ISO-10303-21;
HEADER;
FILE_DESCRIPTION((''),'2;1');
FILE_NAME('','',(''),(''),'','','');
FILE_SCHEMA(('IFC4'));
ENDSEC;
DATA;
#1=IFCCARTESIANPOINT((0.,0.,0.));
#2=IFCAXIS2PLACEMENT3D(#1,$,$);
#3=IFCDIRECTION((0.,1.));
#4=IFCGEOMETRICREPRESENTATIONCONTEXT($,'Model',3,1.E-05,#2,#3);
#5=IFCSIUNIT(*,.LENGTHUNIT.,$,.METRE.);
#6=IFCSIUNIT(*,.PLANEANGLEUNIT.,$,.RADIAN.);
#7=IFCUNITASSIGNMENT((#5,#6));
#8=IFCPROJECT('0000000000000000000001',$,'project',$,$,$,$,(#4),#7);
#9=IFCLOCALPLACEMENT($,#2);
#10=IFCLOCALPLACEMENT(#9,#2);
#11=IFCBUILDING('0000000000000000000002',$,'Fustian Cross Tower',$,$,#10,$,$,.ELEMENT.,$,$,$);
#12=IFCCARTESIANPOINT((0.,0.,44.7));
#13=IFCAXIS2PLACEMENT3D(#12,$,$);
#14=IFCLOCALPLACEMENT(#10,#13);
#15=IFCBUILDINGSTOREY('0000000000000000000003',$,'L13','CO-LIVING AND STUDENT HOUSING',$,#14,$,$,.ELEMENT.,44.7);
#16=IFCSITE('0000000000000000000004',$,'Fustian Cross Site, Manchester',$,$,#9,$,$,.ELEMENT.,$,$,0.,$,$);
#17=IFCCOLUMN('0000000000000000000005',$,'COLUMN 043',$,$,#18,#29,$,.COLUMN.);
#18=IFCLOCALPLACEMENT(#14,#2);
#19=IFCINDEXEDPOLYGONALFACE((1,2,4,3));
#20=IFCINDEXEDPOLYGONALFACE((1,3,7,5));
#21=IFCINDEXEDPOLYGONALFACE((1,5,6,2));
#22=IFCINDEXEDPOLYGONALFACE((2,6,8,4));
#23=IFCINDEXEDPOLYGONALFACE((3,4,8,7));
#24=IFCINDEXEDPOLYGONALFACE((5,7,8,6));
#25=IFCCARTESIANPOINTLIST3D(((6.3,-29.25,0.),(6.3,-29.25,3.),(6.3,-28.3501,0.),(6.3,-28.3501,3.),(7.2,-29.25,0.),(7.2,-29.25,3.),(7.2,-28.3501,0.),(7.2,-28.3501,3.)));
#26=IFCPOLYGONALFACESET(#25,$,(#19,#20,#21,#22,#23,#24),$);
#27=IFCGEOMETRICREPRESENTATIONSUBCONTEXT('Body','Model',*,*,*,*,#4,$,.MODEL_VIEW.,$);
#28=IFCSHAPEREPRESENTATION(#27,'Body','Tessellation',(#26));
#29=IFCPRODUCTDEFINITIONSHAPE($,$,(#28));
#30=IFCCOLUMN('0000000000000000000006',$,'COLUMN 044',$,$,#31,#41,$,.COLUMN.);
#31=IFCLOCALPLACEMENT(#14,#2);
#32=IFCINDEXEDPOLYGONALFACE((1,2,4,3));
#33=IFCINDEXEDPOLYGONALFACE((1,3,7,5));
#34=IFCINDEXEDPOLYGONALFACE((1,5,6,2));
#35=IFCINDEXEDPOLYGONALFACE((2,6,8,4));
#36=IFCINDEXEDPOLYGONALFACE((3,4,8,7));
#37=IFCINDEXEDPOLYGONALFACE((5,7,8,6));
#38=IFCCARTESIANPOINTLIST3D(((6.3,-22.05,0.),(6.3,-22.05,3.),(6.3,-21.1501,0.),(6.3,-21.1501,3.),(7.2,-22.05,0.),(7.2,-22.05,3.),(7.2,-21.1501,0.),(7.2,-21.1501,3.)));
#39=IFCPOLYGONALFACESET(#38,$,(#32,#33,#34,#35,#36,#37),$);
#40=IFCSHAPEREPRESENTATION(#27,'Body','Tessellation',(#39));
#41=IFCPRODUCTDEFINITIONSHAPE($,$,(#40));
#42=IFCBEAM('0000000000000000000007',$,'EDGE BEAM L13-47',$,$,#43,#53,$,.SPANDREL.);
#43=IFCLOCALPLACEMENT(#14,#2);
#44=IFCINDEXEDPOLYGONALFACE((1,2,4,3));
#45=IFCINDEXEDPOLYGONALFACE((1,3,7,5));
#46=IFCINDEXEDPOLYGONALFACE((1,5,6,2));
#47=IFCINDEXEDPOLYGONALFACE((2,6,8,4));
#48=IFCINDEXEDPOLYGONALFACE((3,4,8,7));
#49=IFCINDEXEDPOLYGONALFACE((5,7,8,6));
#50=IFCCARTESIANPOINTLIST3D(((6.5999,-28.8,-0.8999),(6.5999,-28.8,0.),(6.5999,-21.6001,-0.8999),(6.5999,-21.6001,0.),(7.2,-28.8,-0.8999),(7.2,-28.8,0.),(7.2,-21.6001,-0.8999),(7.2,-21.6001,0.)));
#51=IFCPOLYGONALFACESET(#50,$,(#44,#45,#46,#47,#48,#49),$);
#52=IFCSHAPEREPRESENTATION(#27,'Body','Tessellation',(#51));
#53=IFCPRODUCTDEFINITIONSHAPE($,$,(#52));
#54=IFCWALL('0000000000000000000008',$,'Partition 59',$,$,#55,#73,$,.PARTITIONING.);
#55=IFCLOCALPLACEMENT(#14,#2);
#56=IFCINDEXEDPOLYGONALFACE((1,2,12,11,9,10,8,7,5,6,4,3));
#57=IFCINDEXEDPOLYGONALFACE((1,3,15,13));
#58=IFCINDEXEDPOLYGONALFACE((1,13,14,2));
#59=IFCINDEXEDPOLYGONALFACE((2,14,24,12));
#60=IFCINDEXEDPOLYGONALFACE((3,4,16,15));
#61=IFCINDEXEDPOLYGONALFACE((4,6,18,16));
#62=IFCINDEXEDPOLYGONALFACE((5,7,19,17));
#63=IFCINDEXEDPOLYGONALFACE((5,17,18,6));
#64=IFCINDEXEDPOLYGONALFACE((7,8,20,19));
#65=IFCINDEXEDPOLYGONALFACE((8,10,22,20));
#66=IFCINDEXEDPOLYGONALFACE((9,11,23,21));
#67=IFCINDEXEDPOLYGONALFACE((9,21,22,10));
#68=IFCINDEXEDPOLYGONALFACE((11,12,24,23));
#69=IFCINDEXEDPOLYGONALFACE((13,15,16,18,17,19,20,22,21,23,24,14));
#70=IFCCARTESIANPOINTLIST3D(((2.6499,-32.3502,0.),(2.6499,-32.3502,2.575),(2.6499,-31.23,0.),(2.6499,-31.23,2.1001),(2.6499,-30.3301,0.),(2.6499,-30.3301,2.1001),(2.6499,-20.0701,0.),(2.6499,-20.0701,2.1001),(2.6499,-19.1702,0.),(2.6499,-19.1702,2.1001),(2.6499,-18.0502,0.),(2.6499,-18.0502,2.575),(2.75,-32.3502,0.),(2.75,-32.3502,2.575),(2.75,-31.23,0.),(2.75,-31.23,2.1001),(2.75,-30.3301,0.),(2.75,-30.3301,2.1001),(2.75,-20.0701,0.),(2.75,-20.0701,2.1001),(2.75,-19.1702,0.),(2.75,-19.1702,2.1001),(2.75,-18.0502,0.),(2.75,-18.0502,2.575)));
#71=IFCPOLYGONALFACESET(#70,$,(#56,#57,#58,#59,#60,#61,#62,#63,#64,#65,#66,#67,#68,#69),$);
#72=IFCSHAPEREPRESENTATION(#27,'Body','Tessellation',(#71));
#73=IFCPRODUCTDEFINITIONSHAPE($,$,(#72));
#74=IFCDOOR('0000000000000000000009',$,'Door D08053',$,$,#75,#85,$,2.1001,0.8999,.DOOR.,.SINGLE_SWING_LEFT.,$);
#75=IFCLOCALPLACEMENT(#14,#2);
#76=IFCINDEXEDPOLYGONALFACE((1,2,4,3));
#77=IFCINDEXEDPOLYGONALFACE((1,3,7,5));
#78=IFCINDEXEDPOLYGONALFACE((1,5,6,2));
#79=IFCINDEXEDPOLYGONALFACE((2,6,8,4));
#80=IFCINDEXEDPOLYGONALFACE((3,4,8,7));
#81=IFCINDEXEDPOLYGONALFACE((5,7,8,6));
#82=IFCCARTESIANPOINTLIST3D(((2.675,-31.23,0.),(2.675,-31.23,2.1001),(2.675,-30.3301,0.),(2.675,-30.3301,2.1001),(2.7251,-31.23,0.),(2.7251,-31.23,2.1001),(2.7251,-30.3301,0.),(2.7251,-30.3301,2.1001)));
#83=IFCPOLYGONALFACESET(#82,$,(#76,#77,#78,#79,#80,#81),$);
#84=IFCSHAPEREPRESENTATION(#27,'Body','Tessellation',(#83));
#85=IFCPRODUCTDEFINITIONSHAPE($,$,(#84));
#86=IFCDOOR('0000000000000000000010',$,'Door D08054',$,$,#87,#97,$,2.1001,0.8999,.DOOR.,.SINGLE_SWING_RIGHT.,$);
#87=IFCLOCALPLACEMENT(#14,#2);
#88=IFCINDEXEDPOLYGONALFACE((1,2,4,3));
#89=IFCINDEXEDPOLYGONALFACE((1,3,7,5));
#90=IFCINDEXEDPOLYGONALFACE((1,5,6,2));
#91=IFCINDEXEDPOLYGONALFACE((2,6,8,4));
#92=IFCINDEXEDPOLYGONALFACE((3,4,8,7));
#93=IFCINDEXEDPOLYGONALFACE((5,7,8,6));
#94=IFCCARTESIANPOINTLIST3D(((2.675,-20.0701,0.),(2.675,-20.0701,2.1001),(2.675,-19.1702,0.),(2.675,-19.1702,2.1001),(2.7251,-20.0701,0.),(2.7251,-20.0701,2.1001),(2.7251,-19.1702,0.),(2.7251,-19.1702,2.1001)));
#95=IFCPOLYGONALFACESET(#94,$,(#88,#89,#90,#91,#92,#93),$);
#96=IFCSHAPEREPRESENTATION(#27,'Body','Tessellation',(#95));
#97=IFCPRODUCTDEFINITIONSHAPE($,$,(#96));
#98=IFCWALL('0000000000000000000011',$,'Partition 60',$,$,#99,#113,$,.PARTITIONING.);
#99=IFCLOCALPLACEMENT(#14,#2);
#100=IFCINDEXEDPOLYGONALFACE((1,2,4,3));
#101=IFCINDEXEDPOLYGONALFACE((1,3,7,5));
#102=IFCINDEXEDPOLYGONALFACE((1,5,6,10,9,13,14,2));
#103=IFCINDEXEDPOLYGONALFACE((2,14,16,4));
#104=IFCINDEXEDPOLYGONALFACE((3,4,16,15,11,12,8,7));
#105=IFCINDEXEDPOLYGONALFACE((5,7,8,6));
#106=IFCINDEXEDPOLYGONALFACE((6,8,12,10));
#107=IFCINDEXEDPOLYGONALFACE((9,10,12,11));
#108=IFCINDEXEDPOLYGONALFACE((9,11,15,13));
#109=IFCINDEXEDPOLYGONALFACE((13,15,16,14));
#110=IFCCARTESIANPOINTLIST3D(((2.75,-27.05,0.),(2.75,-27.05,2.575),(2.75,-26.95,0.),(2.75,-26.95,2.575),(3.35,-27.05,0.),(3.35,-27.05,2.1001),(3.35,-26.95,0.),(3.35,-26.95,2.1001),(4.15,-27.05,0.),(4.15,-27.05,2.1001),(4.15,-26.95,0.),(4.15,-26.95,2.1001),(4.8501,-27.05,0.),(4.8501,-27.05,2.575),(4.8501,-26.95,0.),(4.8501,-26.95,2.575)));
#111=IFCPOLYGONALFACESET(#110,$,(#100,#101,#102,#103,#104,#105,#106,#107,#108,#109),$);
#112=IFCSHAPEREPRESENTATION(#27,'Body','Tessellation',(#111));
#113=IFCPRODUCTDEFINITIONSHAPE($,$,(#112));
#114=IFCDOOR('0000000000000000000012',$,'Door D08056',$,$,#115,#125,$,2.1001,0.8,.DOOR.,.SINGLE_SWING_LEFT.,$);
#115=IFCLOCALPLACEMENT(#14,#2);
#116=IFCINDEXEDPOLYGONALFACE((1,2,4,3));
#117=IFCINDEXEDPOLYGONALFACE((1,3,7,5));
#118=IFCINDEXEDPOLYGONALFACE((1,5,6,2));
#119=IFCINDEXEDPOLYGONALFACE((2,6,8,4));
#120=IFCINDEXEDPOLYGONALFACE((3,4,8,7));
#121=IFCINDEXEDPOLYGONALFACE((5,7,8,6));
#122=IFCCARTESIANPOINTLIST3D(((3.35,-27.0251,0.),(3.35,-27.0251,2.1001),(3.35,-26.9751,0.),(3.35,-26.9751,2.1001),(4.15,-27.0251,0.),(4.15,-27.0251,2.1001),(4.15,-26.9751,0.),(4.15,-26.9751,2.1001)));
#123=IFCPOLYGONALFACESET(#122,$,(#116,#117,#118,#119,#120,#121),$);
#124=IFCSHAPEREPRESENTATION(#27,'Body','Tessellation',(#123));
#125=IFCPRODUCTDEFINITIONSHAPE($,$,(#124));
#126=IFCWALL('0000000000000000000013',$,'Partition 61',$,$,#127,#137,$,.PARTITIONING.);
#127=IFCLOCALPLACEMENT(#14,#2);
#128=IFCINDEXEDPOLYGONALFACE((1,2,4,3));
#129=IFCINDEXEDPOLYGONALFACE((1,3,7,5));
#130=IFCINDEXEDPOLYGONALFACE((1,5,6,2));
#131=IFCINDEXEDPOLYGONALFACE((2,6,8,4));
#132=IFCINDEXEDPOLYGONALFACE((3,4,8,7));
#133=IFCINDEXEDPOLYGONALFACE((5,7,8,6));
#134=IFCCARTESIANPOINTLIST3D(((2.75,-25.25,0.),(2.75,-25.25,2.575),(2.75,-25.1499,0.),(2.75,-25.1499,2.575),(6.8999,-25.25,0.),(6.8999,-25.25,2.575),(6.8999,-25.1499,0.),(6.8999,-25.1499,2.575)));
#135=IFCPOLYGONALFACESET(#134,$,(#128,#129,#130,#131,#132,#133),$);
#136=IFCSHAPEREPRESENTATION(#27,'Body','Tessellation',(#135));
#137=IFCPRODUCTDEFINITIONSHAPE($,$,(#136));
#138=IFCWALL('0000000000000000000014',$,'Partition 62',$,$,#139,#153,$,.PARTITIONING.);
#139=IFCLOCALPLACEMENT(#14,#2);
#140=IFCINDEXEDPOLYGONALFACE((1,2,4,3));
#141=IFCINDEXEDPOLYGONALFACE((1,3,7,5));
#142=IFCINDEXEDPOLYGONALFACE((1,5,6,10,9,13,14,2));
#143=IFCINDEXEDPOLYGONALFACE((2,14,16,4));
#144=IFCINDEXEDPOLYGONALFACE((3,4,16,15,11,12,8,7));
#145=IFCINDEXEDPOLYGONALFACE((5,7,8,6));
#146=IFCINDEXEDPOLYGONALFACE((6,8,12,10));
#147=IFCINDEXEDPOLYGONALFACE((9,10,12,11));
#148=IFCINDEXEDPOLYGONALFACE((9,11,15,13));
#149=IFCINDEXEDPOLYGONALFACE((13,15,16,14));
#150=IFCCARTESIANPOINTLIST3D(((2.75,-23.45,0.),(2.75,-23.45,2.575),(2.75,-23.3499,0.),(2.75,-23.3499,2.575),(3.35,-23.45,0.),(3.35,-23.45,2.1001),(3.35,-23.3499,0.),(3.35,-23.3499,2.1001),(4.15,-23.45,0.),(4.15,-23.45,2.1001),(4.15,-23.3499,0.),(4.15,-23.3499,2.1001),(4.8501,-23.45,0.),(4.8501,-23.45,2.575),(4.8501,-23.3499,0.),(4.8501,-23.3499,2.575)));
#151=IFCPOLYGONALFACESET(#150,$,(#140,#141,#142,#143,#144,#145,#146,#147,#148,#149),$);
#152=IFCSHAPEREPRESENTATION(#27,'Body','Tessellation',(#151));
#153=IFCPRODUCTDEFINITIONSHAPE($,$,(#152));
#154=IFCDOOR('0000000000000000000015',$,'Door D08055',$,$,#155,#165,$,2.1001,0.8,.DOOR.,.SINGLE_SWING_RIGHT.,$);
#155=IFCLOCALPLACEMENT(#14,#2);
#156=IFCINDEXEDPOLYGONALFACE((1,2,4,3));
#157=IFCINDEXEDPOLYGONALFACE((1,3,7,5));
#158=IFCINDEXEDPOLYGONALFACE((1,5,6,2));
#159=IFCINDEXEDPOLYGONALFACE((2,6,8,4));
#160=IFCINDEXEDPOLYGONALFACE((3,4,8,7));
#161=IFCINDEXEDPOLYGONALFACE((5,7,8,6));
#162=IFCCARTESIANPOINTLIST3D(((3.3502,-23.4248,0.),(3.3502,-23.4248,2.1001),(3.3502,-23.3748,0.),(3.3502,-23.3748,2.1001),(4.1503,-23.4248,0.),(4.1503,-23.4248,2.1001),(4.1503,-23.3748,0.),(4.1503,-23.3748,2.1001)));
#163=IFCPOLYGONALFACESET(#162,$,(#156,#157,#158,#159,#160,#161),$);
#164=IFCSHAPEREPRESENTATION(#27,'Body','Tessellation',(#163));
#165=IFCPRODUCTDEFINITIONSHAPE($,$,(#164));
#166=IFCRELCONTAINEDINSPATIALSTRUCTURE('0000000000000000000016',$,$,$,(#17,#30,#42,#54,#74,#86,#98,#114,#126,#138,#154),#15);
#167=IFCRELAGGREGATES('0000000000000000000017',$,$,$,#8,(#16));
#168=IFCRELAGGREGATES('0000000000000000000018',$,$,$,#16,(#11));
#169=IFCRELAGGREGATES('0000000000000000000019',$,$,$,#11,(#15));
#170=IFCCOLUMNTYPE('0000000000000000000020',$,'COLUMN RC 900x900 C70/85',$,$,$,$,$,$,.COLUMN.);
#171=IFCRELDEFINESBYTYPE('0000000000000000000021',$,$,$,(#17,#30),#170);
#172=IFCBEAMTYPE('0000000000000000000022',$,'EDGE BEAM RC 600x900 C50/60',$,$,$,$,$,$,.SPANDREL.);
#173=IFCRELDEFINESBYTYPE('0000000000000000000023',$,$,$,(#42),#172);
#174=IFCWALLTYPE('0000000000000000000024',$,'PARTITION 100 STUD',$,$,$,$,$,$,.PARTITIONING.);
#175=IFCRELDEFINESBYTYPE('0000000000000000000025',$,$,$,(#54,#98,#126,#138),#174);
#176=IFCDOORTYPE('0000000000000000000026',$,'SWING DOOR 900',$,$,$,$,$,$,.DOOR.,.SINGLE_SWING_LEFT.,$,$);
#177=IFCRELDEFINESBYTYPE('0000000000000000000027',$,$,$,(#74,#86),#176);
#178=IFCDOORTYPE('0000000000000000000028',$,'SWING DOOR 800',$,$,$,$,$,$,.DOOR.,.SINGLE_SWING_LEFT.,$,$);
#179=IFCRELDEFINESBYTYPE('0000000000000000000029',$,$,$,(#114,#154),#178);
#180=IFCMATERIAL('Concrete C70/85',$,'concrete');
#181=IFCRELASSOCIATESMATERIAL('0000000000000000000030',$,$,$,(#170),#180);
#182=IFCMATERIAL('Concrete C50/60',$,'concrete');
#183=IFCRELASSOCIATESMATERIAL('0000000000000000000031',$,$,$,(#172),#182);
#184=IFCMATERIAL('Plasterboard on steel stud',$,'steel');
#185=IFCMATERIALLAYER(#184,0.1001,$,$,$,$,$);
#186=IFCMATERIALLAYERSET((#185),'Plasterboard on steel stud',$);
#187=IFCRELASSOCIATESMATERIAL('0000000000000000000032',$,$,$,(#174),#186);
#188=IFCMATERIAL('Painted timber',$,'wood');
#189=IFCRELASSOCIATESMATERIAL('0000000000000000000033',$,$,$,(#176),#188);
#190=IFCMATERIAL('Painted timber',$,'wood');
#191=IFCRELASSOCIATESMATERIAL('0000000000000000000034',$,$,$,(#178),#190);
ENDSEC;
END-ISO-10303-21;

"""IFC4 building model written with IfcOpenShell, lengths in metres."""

from ifc_helpers import new_model, si_unit, direction, frame, frame_2d, origin, origin_2d, place, context, subcontext, project, spatial, rectangle, extrude, material, layer, layer_set, material_profile, profile_set, type_object, element, fill, save


model = new_model("IFC4")

# Units and contexts
model_context = context("Model", 3, precision=1e-05, world=origin(), true_north=direction((0.0, 1.0)))
body_context = subcontext(model_context, "Body", "Model", "MODEL_VIEW")
ifc_project = project(units=[si_unit("LENGTHUNIT", "METRE"), si_unit("PLANEANGLEUNIT", "RADIAN")], contexts=[model_context])

# Site, building, storey
site_placement = place(None, origin())
site = spatial("IfcSite", under=ifc_project, at=site_placement, Name="Fustian Cross Site, Manchester", CompositionType="ELEMENT", RefElevation=0.0)
building_placement = place(site_placement, origin())
building = spatial("IfcBuilding", under=site, at=building_placement, Name="Fustian Cross Tower", CompositionType="ELEMENT")
storey_placement = place(building_placement, frame((0.0, 0.0, 44.7)))
storey = spatial("IfcBuildingStorey", under=building, at=storey_placement, Name="L13", Description="CO-LIVING AND STUDENT HOUSING", CompositionType="ELEMENT", Elevation=44.7)

# Columns
ifc_material_1 = material(Name="Concrete C70/85", Category="concrete")
ifc_material_profile_1 = material_profile(ifc_material_1, rectangle(XDim=0.8999, YDim=0.8999, at=origin_2d()), Name="RC 900x900")
ifc_profile_set_1 = profile_set([ifc_material_profile_1], Name="Concrete C70/85")
column_type = type_object("IfcColumnType", Name="COLUMN RC 900x900 C70/85", PredefinedType="COLUMN", material=ifc_profile_set_1)
for number, where, z_axis, x_axis, name in (
    (1, (6.75, -28.8, 0.0), (0.0, 0.0, 1.0), (1.0, 0.0, 0.0), "COLUMN 043"),
    (2, (6.75, -21.6001, 0.0), (0.0, 0.0, 1.0), (1.0, 0.0, 0.0), "COLUMN 044"),
):
    element("IfcColumn", number, at=place(storey_placement, frame(where, z_axis=z_axis, x_axis=x_axis)), inside=storey, type_object=column_type, Name=name, PredefinedType="COLUMN", context=body_context, shape_type="SweptSolid", body=[
        extrude(rectangle(XDim=0.8999, YDim=0.8999, at=origin_2d()), origin(), (0.0, 0.0, 1.0), 3.0),
    ])

# Beam
ifc_material_2 = material(Name="Concrete C50/60", Category="concrete")
ifc_material_profile_2 = material_profile(ifc_material_2, rectangle(XDim=0.6001, YDim=0.8999, at=origin_2d()), Name="RC 600x900")
ifc_profile_set_2 = profile_set([ifc_material_profile_2], Name="Concrete C50/60")
beam_type = type_object("IfcBeamType", Name="EDGE BEAM RC 600x900 C50/60", PredefinedType="SPANDREL", material=ifc_profile_set_2)
beam_placement = place(storey_placement, frame((6.8999, -28.8, -0.45), z_axis=(0.0, 1.0, 0.0), x_axis=(-1.0, 0.0, 0.0)))
element("IfcBeam", 3, at=beam_placement, inside=storey, type_object=beam_type, Name="EDGE BEAM L13-47", PredefinedType="SPANDREL", context=body_context, shape_type="SweptSolid", body=[
    extrude(rectangle(XDim=0.6001, YDim=0.8999, at=origin_2d()), origin(), (0.0, 0.0, 1.0), 7.2),
])

# Wall, openings, doors
ifc_material_3 = material(Name="Plasterboard on steel stud", Category="steel")
ifc_layer_1 = layer(ifc_material_3, 0.1001)
ifc_layer_set_1 = layer_set([ifc_layer_1], Name="Plasterboard on steel stud")
wall_type_1 = type_object("IfcWallType", Name="PARTITION 100 STUD", PredefinedType="PARTITIONING", material=ifc_layer_set_1)
wall_1_placement = place(storey_placement, frame((2.7, -32.3501, 0.0), z_axis=(0.0, 0.0, 1.0), x_axis=(0.0, 1.0, 0.0)))
wall_1 = element("IfcWall", 4, at=wall_1_placement, inside=storey, type_object=wall_type_1, Name="Partition 59", PredefinedType="PARTITIONING", context=body_context, shape_type="SweptSolid", body=[
    extrude(rectangle(XDim=14.3, YDim=0.1001, at=frame_2d((7.1499, 0.0))), origin(), (0.0, 0.0, 1.0), 2.575),
])
opening_1_placement = place(wall_1_placement, frame((1.1201, 0.0, 0.0)))
opening_1 = element("IfcOpeningElement", 5, at=opening_1_placement, cuts=wall_1, PredefinedType="OPENING", context=body_context, shape_type="SweptSolid", body=[
    extrude(rectangle(XDim=0.8999, YDim=2.1001, at=frame_2d((0.45, 1.05))), frame((0.0, 0.0601, 0.0), z_axis=(0.0, -1.0, 0.0), x_axis=(1.0, 0.0, 0.0)), (0.0, 0.0, 1.0), 0.1201),
])
opening_2_placement = place(wall_1_placement, frame((12.28, 0.0, 0.0)))
opening_2 = element("IfcOpeningElement", 6, at=opening_2_placement, cuts=wall_1, PredefinedType="OPENING", context=body_context, shape_type="SweptSolid", body=[
    extrude(rectangle(XDim=0.8999, YDim=2.1001, at=frame_2d((0.45, 1.05))), frame((0.0, 0.0601, 0.0), z_axis=(0.0, -1.0, 0.0), x_axis=(1.0, 0.0, 0.0)), (0.0, 0.0, 1.0), 0.1201),
])
ifc_material_4 = material(Name="Painted timber", Category="wood")
door_type_1 = type_object("IfcDoorType", Name="SWING DOOR 900", OperationType="SINGLE_SWING_LEFT", PredefinedType="DOOR", material=ifc_material_4)
door_1_placement = place(opening_1_placement, origin())
door_1 = element("IfcDoor", 7, at=door_1_placement, inside=storey, type_object=door_type_1, Name="Door D08053", OperationType="SINGLE_SWING_LEFT", OverallHeight=2.1001, OverallWidth=0.8999, PredefinedType="DOOR", context=body_context, shape_type="SweptSolid", body=[
    extrude(rectangle(XDim=0.8999, YDim=2.1001, at=frame_2d((0.45, 1.05))), frame((0.0, 0.0249, 0.0), z_axis=(0.0, -1.0, 0.0), x_axis=(1.0, 0.0, 0.0)), (0.0, 0.0, 1.0), 0.05),
])
fill(opening_1, door_1)
door_2_placement = place(opening_2_placement, origin())
door_2 = element("IfcDoor", 8, at=door_2_placement, inside=storey, type_object=door_type_1, Name="Door D08054", OperationType="SINGLE_SWING_RIGHT", OverallHeight=2.1001, OverallWidth=0.8999, PredefinedType="DOOR", context=body_context, shape_type="SweptSolid", body=[
    extrude(rectangle(XDim=0.8999, YDim=2.1001, at=frame_2d((0.45, 1.05))), frame((0.0, 0.0249, 0.0), z_axis=(0.0, -1.0, 0.0), x_axis=(1.0, 0.0, 0.0)), (0.0, 0.0, 1.0), 0.05),
])
fill(opening_2, door_2)

# Wall, opening, door
wall_2_placement = place(storey_placement, frame((2.75, -27.0, 0.0), z_axis=(0.0, 0.0, 1.0), x_axis=(1.0, 0.0, 0.0)))
wall_2 = element("IfcWall", 9, at=wall_2_placement, inside=storey, type_object=wall_type_1, Name="Partition 60", PredefinedType="PARTITIONING", context=body_context, shape_type="SweptSolid", body=[
    extrude(rectangle(XDim=2.1001, YDim=0.1001, at=frame_2d((1.05, 0.0))), origin(), (0.0, 0.0, 1.0), 2.575),
])
opening_3_placement = place(wall_2_placement, frame((0.6001, 0.0, 0.0)))
opening_3 = element("IfcOpeningElement", 10, at=opening_3_placement, cuts=wall_2, PredefinedType="OPENING", context=body_context, shape_type="SweptSolid", body=[
    extrude(rectangle(XDim=0.8, YDim=2.1001, at=frame_2d((0.3999, 1.05))), frame((0.0, 0.0601, 0.0), z_axis=(0.0, -1.0, 0.0), x_axis=(1.0, 0.0, 0.0)), (0.0, 0.0, 1.0), 0.1201),
])
ifc_material_5 = material(Name="Painted timber", Category="wood")
door_type_2 = type_object("IfcDoorType", Name="SWING DOOR 800", OperationType="SINGLE_SWING_LEFT", PredefinedType="DOOR", material=ifc_material_5)
door_3_placement = place(opening_3_placement, origin())
door_3 = element("IfcDoor", 11, at=door_3_placement, inside=storey, type_object=door_type_2, Name="Door D08056", OperationType="SINGLE_SWING_LEFT", OverallHeight=2.1001, OverallWidth=0.8, PredefinedType="DOOR", context=body_context, shape_type="SweptSolid", body=[
    extrude(rectangle(XDim=0.8, YDim=2.1001, at=frame_2d((0.3999, 1.05))), frame((0.0, 0.0249, 0.0), z_axis=(0.0, -1.0, 0.0), x_axis=(1.0, 0.0, 0.0)), (0.0, 0.0, 1.0), 0.05),
])
fill(opening_3, door_3)

# Wall
wall_3_placement = place(storey_placement, frame((2.75, -25.2, 0.0), z_axis=(0.0, 0.0, 1.0), x_axis=(1.0, 0.0, 0.0)))
element("IfcWall", 12, at=wall_3_placement, inside=storey, type_object=wall_type_1, Name="Partition 61", PredefinedType="PARTITIONING", context=body_context, shape_type="SweptSolid", body=[
    extrude(rectangle(XDim=4.1499, YDim=0.1001, at=frame_2d((2.075, 0.0))), origin(), (0.0, 0.0, 1.0), 2.575),
])

# Wall, opening, door
wall_4_placement = place(storey_placement, frame((2.75, -23.3999, 0.0), z_axis=(0.0, 0.0, 1.0), x_axis=(1.0, 0.0, 0.0)))
wall_4 = element("IfcWall", 13, at=wall_4_placement, inside=storey, type_object=wall_type_1, Name="Partition 62", PredefinedType="PARTITIONING", context=body_context, shape_type="SweptSolid", body=[
    extrude(rectangle(XDim=2.1001, YDim=0.1001, at=frame_2d((1.05, 0.0))), origin(), (0.0, 0.0, 1.0), 2.575),
])
opening_4_placement = place(wall_4_placement, frame((0.6001, 0.0, 0.0)))
opening_4 = element("IfcOpeningElement", 14, at=opening_4_placement, cuts=wall_4, PredefinedType="OPENING", context=body_context, shape_type="SweptSolid", body=[
    extrude(rectangle(XDim=0.8, YDim=2.1001, at=frame_2d((0.3999, 1.05))), frame((0.0, 0.0601, 0.0), z_axis=(0.0, -1.0, 0.0), x_axis=(1.0, 0.0, 0.0)), (0.0, 0.0, 1.0), 0.1201),
])
door_4_placement = place(opening_4_placement, frame((0.8, 0.0, 0.0), z_axis=(0.0, 0.0, 1.0), x_axis=(-1.0, 0.0, 0.0)))
door_4 = element("IfcDoor", 15, at=door_4_placement, inside=storey, type_object=door_type_2, Name="Door D08055", OperationType="SINGLE_SWING_RIGHT", OverallHeight=2.1001, OverallWidth=0.8, PredefinedType="DOOR", context=body_context, shape_type="SweptSolid", body=[
    extrude(rectangle(XDim=0.8, YDim=2.1001, at=frame_2d((0.3999, 1.05))), frame((0.0, 0.0249, 0.0), z_axis=(0.0, -1.0, 0.0), x_axis=(1.0, 0.0, 0.0)), (0.0, 0.0, 1.0), 0.05),
])
fill(opening_4, door_4)

save(model, "model.ifc")
